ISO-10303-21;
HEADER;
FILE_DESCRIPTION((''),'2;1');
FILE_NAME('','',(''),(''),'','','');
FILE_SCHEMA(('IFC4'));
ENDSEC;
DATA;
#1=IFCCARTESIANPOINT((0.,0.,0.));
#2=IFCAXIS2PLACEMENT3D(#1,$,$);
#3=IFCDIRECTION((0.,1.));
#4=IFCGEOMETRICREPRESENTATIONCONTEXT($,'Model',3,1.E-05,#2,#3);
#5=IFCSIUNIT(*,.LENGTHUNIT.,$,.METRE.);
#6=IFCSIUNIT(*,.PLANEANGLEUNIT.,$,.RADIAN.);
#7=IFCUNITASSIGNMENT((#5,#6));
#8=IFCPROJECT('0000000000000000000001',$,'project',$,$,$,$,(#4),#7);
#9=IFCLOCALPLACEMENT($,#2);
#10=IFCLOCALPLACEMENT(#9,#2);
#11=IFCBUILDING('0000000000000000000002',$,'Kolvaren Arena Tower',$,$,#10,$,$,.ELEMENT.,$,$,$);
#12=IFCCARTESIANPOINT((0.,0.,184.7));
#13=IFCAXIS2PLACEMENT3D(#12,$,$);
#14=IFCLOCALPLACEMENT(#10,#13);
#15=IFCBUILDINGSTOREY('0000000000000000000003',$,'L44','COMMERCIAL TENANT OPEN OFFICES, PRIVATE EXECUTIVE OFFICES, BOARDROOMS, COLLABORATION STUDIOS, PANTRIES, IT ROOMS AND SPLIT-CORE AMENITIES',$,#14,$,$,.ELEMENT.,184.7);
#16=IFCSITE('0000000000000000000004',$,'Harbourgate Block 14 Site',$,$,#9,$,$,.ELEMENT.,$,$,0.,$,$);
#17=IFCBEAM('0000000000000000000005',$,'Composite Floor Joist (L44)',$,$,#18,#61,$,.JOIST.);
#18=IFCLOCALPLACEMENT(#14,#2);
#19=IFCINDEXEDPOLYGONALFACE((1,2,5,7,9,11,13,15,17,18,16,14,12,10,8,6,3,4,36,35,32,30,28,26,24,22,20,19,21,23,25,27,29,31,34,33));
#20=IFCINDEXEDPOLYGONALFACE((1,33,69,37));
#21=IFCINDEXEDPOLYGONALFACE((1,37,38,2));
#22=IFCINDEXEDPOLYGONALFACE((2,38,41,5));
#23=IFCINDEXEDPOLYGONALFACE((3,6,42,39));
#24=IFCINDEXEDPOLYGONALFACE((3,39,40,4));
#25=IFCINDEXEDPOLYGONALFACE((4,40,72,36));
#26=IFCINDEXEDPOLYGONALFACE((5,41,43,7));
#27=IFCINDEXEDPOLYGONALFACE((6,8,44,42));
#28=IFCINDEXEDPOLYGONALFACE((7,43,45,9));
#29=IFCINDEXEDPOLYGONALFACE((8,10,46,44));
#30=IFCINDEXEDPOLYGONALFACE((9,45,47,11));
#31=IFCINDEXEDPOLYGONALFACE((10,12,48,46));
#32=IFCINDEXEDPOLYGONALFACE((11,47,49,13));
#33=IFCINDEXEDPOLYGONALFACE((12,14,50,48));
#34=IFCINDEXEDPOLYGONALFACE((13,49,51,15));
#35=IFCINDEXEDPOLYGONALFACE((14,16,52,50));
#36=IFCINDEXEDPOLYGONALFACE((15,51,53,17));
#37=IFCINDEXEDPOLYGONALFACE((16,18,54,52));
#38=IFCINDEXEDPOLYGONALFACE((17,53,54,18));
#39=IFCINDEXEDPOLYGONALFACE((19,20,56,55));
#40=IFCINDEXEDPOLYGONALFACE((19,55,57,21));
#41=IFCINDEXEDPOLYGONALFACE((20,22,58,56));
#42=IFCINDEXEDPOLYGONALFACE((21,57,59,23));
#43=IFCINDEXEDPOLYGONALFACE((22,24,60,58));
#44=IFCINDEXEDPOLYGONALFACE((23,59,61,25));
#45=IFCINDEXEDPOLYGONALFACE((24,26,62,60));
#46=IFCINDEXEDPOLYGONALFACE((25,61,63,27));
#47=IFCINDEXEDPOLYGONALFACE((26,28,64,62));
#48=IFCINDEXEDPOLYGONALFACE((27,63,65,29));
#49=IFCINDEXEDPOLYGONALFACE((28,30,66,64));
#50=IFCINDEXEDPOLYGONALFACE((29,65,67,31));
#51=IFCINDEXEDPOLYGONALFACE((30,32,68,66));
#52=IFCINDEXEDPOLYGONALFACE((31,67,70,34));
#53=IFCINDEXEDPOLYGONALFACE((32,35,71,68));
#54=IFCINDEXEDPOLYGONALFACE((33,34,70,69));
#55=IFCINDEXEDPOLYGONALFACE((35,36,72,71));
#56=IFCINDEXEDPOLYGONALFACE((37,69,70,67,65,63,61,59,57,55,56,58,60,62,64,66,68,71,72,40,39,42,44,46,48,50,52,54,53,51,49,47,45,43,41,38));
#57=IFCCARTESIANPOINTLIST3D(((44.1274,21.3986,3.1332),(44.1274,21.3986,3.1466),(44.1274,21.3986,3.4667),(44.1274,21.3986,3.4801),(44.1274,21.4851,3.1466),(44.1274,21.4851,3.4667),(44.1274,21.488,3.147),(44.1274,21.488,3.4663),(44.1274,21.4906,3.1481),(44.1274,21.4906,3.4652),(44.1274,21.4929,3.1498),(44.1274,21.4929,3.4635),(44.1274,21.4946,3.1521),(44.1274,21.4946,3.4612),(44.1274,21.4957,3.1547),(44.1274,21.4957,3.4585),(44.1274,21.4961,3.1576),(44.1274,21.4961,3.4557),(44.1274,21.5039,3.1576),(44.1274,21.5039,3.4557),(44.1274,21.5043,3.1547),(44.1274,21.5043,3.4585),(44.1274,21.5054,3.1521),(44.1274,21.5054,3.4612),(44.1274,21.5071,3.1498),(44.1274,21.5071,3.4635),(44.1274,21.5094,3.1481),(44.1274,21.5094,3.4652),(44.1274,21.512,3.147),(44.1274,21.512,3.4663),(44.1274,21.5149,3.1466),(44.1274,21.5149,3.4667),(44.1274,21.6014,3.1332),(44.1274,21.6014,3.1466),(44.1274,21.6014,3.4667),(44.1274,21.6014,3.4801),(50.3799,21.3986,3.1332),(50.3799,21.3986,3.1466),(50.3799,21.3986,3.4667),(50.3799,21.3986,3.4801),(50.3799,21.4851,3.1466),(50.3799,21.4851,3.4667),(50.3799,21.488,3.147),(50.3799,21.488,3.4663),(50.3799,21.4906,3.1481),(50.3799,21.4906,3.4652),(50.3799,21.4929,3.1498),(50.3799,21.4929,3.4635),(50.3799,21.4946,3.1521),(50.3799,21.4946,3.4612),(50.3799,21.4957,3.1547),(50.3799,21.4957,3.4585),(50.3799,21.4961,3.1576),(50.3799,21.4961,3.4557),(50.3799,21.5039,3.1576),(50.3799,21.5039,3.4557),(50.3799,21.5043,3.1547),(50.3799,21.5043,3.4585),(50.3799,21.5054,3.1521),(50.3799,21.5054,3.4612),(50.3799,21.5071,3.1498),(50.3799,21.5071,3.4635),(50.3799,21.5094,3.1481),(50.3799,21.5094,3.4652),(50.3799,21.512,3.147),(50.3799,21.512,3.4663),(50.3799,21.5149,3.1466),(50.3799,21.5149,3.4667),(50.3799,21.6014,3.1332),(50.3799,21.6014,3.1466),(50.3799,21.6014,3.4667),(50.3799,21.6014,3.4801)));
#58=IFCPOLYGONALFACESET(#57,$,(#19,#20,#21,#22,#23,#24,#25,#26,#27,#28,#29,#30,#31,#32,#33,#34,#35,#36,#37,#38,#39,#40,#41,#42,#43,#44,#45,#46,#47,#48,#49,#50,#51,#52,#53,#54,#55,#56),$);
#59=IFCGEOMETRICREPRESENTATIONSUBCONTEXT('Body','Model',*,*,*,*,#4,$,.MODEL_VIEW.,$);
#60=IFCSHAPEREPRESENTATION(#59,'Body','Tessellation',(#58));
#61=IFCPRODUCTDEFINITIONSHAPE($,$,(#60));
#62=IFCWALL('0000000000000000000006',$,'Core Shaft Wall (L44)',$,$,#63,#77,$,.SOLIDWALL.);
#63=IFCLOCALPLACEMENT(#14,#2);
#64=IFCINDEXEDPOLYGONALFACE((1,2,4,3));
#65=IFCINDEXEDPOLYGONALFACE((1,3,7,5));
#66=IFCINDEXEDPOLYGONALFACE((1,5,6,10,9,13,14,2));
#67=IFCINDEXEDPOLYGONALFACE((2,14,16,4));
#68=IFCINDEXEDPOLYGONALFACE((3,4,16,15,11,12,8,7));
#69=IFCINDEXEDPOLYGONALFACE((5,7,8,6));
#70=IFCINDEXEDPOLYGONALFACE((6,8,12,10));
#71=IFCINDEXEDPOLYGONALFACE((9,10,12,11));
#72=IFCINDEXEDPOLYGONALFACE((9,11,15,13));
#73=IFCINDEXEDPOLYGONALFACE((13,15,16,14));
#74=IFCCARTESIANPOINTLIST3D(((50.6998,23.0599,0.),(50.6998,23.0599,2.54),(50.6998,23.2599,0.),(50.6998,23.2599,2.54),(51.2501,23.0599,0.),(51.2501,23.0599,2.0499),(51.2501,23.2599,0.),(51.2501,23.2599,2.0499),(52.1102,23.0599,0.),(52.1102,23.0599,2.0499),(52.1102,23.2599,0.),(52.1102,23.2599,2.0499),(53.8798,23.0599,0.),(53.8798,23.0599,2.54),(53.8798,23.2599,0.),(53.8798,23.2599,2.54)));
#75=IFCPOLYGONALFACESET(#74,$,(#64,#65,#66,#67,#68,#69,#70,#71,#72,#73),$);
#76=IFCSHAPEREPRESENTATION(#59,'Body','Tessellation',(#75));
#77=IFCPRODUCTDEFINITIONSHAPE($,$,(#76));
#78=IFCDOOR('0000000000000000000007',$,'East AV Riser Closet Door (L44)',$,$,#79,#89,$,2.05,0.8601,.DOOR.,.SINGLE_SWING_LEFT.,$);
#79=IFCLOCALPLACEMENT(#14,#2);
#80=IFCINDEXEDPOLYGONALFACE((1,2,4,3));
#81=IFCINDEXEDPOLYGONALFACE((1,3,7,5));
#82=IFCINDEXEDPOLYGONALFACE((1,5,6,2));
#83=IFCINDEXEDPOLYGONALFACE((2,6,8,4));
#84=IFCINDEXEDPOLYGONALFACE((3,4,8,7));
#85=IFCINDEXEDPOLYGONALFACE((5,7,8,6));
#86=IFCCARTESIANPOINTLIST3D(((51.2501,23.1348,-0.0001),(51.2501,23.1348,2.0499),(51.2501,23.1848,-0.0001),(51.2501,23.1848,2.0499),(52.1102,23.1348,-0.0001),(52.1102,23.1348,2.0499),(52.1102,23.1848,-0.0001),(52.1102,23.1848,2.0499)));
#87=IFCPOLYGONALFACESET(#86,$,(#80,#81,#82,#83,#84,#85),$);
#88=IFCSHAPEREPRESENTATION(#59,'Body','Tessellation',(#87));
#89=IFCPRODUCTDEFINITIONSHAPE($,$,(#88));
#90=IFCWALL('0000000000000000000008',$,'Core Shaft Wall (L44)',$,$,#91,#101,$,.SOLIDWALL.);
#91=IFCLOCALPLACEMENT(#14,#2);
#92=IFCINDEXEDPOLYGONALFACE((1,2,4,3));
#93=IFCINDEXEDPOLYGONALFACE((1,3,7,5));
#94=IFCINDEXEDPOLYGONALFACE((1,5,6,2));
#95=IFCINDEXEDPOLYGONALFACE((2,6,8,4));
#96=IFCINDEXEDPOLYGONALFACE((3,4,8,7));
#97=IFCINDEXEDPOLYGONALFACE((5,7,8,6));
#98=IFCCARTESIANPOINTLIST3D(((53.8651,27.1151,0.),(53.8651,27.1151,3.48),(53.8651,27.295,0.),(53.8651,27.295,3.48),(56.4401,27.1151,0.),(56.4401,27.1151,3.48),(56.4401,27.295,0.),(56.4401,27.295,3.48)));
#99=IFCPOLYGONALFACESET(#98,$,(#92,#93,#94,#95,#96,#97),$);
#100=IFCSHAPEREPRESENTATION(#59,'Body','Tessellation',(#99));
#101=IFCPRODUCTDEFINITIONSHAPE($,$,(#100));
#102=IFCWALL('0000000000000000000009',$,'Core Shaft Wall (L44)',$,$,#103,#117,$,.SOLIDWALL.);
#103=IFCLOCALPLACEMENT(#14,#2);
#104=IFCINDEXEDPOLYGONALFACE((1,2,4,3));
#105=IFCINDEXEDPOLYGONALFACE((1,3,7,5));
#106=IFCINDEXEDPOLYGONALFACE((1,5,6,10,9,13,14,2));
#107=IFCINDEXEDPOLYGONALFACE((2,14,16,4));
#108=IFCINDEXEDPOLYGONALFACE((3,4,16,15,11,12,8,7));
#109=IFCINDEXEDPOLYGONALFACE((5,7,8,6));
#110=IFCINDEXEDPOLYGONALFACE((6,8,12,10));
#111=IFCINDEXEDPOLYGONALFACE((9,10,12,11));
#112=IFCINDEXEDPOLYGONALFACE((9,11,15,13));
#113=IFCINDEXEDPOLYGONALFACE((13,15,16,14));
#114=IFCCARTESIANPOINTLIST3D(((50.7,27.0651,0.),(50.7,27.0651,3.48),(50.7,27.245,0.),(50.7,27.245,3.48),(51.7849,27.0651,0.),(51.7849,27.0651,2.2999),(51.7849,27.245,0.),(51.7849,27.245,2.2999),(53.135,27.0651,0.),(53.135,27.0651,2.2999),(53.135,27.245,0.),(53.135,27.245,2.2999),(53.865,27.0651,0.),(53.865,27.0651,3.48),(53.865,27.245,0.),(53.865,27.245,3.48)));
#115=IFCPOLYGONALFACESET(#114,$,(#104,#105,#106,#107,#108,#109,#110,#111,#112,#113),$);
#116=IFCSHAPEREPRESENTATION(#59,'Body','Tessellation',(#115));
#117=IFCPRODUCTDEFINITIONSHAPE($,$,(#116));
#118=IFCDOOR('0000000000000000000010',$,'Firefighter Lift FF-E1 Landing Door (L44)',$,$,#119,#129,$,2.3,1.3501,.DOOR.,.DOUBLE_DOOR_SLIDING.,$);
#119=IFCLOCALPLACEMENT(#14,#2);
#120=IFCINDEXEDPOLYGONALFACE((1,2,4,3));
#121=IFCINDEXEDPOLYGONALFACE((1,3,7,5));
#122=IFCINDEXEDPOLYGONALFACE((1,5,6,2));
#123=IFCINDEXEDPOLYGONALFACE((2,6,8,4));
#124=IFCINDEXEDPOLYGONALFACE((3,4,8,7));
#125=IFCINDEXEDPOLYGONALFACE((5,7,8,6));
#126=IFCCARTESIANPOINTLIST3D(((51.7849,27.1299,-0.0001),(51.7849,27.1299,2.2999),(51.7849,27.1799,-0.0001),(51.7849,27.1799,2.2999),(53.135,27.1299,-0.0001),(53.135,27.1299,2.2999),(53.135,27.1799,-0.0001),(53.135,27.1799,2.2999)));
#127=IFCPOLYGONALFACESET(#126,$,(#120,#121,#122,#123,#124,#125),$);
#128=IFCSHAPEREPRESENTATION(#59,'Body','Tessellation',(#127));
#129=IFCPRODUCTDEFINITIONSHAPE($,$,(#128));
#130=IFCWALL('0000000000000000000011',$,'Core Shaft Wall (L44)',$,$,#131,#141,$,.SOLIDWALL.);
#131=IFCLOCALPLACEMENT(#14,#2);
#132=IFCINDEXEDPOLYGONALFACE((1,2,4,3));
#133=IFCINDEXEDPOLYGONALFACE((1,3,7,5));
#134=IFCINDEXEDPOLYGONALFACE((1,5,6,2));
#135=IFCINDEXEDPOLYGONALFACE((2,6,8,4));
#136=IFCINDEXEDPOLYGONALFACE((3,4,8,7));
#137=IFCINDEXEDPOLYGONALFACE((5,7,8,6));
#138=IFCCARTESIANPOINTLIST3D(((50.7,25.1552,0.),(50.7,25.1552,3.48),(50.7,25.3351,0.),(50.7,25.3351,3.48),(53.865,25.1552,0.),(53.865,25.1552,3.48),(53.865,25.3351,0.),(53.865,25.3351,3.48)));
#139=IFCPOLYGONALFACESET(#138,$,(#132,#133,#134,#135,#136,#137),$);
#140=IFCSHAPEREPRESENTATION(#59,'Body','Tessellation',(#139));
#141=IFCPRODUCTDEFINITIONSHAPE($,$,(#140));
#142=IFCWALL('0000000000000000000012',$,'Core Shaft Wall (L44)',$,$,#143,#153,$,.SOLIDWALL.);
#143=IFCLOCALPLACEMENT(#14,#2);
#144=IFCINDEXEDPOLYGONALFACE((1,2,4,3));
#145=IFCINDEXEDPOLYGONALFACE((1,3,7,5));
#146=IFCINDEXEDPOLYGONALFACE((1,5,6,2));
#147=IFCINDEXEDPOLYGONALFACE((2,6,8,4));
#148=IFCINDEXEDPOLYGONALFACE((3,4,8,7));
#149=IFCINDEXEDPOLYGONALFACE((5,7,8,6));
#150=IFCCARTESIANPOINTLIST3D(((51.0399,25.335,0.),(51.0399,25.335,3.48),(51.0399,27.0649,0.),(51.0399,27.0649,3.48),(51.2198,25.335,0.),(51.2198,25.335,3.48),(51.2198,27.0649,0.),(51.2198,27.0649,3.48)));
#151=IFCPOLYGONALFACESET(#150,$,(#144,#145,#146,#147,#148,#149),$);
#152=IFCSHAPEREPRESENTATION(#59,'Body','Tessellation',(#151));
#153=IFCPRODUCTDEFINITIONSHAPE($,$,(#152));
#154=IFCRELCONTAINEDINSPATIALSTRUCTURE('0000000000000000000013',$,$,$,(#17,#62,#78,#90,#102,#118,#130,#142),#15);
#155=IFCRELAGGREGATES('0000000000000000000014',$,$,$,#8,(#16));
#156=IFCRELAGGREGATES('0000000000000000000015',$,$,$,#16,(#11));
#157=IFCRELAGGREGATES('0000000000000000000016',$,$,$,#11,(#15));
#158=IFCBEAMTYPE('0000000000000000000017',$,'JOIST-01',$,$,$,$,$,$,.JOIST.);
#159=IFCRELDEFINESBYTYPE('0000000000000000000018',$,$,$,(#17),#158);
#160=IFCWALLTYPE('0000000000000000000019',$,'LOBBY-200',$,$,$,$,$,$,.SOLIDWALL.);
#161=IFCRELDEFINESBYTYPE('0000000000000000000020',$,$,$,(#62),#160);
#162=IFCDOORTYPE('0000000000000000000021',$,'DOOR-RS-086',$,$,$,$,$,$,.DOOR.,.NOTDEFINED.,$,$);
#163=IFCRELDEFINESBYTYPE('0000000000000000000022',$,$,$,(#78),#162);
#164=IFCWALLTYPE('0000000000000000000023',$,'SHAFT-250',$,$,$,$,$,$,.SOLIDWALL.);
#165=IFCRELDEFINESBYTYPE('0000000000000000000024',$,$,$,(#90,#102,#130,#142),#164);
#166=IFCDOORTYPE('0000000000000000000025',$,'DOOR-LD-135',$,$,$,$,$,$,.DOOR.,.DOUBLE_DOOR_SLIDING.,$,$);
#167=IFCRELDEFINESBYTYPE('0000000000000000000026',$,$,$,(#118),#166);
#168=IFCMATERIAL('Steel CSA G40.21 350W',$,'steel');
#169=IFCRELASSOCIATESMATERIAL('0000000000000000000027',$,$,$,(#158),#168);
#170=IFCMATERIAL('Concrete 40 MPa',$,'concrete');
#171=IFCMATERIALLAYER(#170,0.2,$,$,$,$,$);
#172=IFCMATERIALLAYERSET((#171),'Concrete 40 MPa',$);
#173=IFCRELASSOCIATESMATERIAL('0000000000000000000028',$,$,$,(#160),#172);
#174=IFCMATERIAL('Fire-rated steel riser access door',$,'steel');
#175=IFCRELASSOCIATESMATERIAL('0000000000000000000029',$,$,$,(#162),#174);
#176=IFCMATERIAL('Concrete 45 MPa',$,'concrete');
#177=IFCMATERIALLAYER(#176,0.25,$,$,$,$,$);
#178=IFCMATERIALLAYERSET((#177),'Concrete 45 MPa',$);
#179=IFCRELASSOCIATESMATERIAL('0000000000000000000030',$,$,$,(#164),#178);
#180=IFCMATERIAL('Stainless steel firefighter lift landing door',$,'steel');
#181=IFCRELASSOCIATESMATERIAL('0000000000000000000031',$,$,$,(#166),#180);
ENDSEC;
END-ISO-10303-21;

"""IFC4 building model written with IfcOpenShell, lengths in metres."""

from ifc_helpers import new_model, si_unit, direction, frame, frame_2d, origin, origin_2d, place, context, subcontext, project, spatial, rectangle, i_section, extrude, material, layer, layer_set, material_profile, profile_set, type_object, element, fill, save


model = new_model("IFC4")

# Units and contexts
model_context = context("Model", 3, precision=1e-05, world=origin(), true_north=direction((0.0, 1.0)))
body_context = subcontext(model_context, "Body", "Model", "MODEL_VIEW")
ifc_project = project(units=[si_unit("LENGTHUNIT", "METRE"), si_unit("PLANEANGLEUNIT", "RADIAN")], contexts=[model_context])

# Site, building, storey
site_placement = place(None, origin())
site = spatial("IfcSite", under=ifc_project, at=site_placement, Name="Harbourgate Block 14 Site", CompositionType="ELEMENT", RefElevation=0.0)
building_placement = place(site_placement, origin())
building = spatial("IfcBuilding", under=site, at=building_placement, Name="Kolvaren Arena Tower", CompositionType="ELEMENT")
storey_placement = place(building_placement, frame((0.0, 0.0, 184.7)))
storey = spatial("IfcBuildingStorey", under=building, at=storey_placement, Name="L44", Description="COMMERCIAL TENANT OPEN OFFICES, PRIVATE EXECUTIVE OFFICES, BOARDROOMS, COLLABORATION STUDIOS, PANTRIES, IT ROOMS AND SPLIT-CORE AMENITIES", CompositionType="ELEMENT", Elevation=184.7)

# Beam
ifc_material_1 = material(Name="Steel CSA G40.21 350W", Category="steel")
ifc_material_profile_1 = material_profile(ifc_material_1, i_section(OverallWidth=0.2029, OverallDepth=0.3469, WebThickness=0.0078, FlangeThickness=0.0134, FilletRadius=0.011, at=origin_2d()), Name="W360x64")
ifc_profile_set_1 = profile_set([ifc_material_profile_1], Name="Steel CSA G40.21 350W")
beam_type_1 = type_object("IfcBeamType", Name="JOIST-01", PredefinedType="JOIST", material=ifc_profile_set_1)
beam_1_placement = place(storey_placement, frame((44.1274, 21.5, 3.3066), z_axis=(1.0, 0.0, 0.0), x_axis=(0.0, 1.0, 0.0)))
element("IfcBeam", 1, at=beam_1_placement, inside=storey, type_object=beam_type_1, Name="Composite Floor Joist (L44)", PredefinedType="JOIST", context=body_context, shape_type="SweptSolid", body=[
    extrude(i_section(OverallWidth=0.2029, OverallDepth=0.3469, WebThickness=0.0078, FlangeThickness=0.0134, FilletRadius=0.011, at=origin_2d()), origin(), (0.0, 0.0, 1.0), 6.2524),
])

# Shared definitions
ifc_material_2 = material(Name="Concrete 40 MPa", Category="concrete")
ifc_layer_1 = layer(ifc_material_2, 0.2)
ifc_layer_set_1 = layer_set([ifc_layer_1], Name="Concrete 40 MPa")
wall_type_1 = type_object("IfcWallType", Name="LOBBY-200", PredefinedType="SOLIDWALL", material=ifc_layer_set_1)

# Wall, opening, door
wall_1_placement = place(storey_placement, frame((50.7, 23.1599, 0.0), z_axis=(0.0, 0.0, 1.0), x_axis=(1.0, 0.0, 0.0)))
wall_1 = element("IfcWall", 2, at=wall_1_placement, inside=storey, type_object=wall_type_1, Name="Core Shaft Wall (L44)", PredefinedType="SOLIDWALL", context=body_context, shape_type="SweptSolid", body=[
    extrude(rectangle(XDim=3.1799, YDim=0.2, at=frame_2d((1.5898, 0.0))), origin(), (0.0, 0.0, 1.0), 2.54),
])
opening_1_placement = place(wall_1_placement, frame((0.55, 0.0, 0.0)))
opening_1 = element("IfcOpeningElement", 3, at=opening_1_placement, cuts=wall_1, PredefinedType="OPENING", context=body_context, shape_type="SweptSolid", body=[
    extrude(rectangle(XDim=0.8601, YDim=2.05, at=frame_2d((0.4302, 1.0249))), frame((0.0, 0.1099, 0.0), z_axis=(0.0, -1.0, 0.0), x_axis=(1.0, 0.0, 0.0)), (0.0, 0.0, 1.0), 0.22),
])
ifc_material_3 = material(Name="Fire-rated steel riser access door", Category="steel")
door_type_1 = type_object("IfcDoorType", Name="DOOR-RS-086", OperationType="NOTDEFINED", PredefinedType="DOOR", material=ifc_material_3)
door_1_placement = place(opening_1_placement, origin())
door_1 = element("IfcDoor", 4, at=door_1_placement, inside=storey, type_object=door_type_1, Name="East AV Riser Closet Door (L44)", OperationType="SINGLE_SWING_LEFT", OverallHeight=2.05, OverallWidth=0.8601, PredefinedType="DOOR", context=body_context, shape_type="SweptSolid", body=[
    extrude(rectangle(XDim=0.8601, YDim=2.05, at=frame_2d((0.4302, 1.0249))), frame((0.0, 0.0249, 0.0), z_axis=(0.0, -1.0, 0.0), x_axis=(1.0, 0.0, 0.0)), (0.0, 0.0, 1.0), 0.05),
])
fill(opening_1, door_1)

# Wall
ifc_material_4 = material(Name="Concrete 45 MPa", Category="concrete")
ifc_layer_2 = layer(ifc_material_4, 0.25)
ifc_layer_set_2 = layer_set([ifc_layer_2], Name="Concrete 45 MPa")
wall_type_2 = type_object("IfcWallType", Name="SHAFT-250", PredefinedType="SOLIDWALL", material=ifc_layer_set_2)
wall_2_placement = place(storey_placement, frame((53.865, 27.2051, 0.0), z_axis=(0.0, 0.0, 1.0), x_axis=(1.0, 0.0, 0.0)))
element("IfcWall", 5, at=wall_2_placement, inside=storey, type_object=wall_type_2, Name="Core Shaft Wall (L44)", PredefinedType="SOLIDWALL", context=body_context, shape_type="SweptSolid", body=[
    extrude(rectangle(XDim=2.575, YDim=0.1799, at=frame_2d((1.2876, 0.0))), origin(), (0.0, 0.0, 1.0), 3.48),
])

# Wall, opening, door
wall_3_placement = place(storey_placement, frame((50.7, 27.155, 0.0), z_axis=(0.0, 0.0, 1.0), x_axis=(1.0, 0.0, 0.0)))
wall_3 = element("IfcWall", 6, at=wall_3_placement, inside=storey, type_object=wall_type_2, Name="Core Shaft Wall (L44)", PredefinedType="SOLIDWALL", context=body_context, shape_type="SweptSolid", body=[
    extrude(rectangle(XDim=3.165, YDim=0.1799, at=frame_2d((1.5825, 0.0))), origin(), (0.0, 0.0, 1.0), 3.48),
])
opening_2_placement = place(wall_3_placement, frame((1.085, 0.0, 0.0)))
opening_2 = element("IfcOpeningElement", 7, at=opening_2_placement, cuts=wall_3, PredefinedType="OPENING", context=body_context, shape_type="SweptSolid", body=[
    extrude(rectangle(XDim=1.3501, YDim=2.3, at=frame_2d((0.675, 1.1499))), frame((0.0, 0.0999, 0.0), z_axis=(0.0, -1.0, 0.0), x_axis=(1.0, 0.0, 0.0)), (0.0, 0.0, 1.0), 0.2),
])
ifc_material_5 = material(Name="Stainless steel firefighter lift landing door", Category="steel")
door_type_2 = type_object("IfcDoorType", Name="DOOR-LD-135", OperationType="DOUBLE_DOOR_SLIDING", PredefinedType="DOOR", material=ifc_material_5)
door_2_placement = place(opening_2_placement, origin())
door_2 = element("IfcDoor", 8, at=door_2_placement, inside=storey, type_object=door_type_2, Name="Firefighter Lift FF-E1 Landing Door (L44)", OperationType="DOUBLE_DOOR_SLIDING", OverallHeight=2.3, OverallWidth=1.3501, PredefinedType="DOOR", context=body_context, shape_type="SweptSolid", body=[
    extrude(rectangle(XDim=1.3501, YDim=2.3, at=frame_2d((0.675, 1.1499))), frame((0.0, 0.0249, 0.0), z_axis=(0.0, -1.0, 0.0), x_axis=(1.0, 0.0, 0.0)), (0.0, 0.0, 1.0), 0.05),
])
fill(opening_2, door_2)

# Walls
wall_4_placement = place(storey_placement, frame((50.7, 25.2451, 0.0), z_axis=(0.0, 0.0, 1.0), x_axis=(1.0, 0.0, 0.0)))
element("IfcWall", 9, at=wall_4_placement, inside=storey, type_object=wall_type_2, Name="Core Shaft Wall (L44)", PredefinedType="SOLIDWALL", context=body_context, shape_type="SweptSolid", body=[
    extrude(rectangle(XDim=3.165, YDim=0.1799, at=frame_2d((1.5825, 0.0))), origin(), (0.0, 0.0, 1.0), 3.48),
])
wall_5_placement = place(storey_placement, frame((51.1299, 25.335, 0.0), z_axis=(0.0, 0.0, 1.0), x_axis=(0.0, 1.0, 0.0)))
element("IfcWall", 10, at=wall_5_placement, inside=storey, type_object=wall_type_2, Name="Core Shaft Wall (L44)", PredefinedType="SOLIDWALL", context=body_context, shape_type="SweptSolid", body=[
    extrude(rectangle(XDim=1.73, YDim=0.1799, at=frame_2d((0.865, 0.0))), origin(), (0.0, 0.0, 1.0), 3.48),
])

save(model, "model.ifc")
